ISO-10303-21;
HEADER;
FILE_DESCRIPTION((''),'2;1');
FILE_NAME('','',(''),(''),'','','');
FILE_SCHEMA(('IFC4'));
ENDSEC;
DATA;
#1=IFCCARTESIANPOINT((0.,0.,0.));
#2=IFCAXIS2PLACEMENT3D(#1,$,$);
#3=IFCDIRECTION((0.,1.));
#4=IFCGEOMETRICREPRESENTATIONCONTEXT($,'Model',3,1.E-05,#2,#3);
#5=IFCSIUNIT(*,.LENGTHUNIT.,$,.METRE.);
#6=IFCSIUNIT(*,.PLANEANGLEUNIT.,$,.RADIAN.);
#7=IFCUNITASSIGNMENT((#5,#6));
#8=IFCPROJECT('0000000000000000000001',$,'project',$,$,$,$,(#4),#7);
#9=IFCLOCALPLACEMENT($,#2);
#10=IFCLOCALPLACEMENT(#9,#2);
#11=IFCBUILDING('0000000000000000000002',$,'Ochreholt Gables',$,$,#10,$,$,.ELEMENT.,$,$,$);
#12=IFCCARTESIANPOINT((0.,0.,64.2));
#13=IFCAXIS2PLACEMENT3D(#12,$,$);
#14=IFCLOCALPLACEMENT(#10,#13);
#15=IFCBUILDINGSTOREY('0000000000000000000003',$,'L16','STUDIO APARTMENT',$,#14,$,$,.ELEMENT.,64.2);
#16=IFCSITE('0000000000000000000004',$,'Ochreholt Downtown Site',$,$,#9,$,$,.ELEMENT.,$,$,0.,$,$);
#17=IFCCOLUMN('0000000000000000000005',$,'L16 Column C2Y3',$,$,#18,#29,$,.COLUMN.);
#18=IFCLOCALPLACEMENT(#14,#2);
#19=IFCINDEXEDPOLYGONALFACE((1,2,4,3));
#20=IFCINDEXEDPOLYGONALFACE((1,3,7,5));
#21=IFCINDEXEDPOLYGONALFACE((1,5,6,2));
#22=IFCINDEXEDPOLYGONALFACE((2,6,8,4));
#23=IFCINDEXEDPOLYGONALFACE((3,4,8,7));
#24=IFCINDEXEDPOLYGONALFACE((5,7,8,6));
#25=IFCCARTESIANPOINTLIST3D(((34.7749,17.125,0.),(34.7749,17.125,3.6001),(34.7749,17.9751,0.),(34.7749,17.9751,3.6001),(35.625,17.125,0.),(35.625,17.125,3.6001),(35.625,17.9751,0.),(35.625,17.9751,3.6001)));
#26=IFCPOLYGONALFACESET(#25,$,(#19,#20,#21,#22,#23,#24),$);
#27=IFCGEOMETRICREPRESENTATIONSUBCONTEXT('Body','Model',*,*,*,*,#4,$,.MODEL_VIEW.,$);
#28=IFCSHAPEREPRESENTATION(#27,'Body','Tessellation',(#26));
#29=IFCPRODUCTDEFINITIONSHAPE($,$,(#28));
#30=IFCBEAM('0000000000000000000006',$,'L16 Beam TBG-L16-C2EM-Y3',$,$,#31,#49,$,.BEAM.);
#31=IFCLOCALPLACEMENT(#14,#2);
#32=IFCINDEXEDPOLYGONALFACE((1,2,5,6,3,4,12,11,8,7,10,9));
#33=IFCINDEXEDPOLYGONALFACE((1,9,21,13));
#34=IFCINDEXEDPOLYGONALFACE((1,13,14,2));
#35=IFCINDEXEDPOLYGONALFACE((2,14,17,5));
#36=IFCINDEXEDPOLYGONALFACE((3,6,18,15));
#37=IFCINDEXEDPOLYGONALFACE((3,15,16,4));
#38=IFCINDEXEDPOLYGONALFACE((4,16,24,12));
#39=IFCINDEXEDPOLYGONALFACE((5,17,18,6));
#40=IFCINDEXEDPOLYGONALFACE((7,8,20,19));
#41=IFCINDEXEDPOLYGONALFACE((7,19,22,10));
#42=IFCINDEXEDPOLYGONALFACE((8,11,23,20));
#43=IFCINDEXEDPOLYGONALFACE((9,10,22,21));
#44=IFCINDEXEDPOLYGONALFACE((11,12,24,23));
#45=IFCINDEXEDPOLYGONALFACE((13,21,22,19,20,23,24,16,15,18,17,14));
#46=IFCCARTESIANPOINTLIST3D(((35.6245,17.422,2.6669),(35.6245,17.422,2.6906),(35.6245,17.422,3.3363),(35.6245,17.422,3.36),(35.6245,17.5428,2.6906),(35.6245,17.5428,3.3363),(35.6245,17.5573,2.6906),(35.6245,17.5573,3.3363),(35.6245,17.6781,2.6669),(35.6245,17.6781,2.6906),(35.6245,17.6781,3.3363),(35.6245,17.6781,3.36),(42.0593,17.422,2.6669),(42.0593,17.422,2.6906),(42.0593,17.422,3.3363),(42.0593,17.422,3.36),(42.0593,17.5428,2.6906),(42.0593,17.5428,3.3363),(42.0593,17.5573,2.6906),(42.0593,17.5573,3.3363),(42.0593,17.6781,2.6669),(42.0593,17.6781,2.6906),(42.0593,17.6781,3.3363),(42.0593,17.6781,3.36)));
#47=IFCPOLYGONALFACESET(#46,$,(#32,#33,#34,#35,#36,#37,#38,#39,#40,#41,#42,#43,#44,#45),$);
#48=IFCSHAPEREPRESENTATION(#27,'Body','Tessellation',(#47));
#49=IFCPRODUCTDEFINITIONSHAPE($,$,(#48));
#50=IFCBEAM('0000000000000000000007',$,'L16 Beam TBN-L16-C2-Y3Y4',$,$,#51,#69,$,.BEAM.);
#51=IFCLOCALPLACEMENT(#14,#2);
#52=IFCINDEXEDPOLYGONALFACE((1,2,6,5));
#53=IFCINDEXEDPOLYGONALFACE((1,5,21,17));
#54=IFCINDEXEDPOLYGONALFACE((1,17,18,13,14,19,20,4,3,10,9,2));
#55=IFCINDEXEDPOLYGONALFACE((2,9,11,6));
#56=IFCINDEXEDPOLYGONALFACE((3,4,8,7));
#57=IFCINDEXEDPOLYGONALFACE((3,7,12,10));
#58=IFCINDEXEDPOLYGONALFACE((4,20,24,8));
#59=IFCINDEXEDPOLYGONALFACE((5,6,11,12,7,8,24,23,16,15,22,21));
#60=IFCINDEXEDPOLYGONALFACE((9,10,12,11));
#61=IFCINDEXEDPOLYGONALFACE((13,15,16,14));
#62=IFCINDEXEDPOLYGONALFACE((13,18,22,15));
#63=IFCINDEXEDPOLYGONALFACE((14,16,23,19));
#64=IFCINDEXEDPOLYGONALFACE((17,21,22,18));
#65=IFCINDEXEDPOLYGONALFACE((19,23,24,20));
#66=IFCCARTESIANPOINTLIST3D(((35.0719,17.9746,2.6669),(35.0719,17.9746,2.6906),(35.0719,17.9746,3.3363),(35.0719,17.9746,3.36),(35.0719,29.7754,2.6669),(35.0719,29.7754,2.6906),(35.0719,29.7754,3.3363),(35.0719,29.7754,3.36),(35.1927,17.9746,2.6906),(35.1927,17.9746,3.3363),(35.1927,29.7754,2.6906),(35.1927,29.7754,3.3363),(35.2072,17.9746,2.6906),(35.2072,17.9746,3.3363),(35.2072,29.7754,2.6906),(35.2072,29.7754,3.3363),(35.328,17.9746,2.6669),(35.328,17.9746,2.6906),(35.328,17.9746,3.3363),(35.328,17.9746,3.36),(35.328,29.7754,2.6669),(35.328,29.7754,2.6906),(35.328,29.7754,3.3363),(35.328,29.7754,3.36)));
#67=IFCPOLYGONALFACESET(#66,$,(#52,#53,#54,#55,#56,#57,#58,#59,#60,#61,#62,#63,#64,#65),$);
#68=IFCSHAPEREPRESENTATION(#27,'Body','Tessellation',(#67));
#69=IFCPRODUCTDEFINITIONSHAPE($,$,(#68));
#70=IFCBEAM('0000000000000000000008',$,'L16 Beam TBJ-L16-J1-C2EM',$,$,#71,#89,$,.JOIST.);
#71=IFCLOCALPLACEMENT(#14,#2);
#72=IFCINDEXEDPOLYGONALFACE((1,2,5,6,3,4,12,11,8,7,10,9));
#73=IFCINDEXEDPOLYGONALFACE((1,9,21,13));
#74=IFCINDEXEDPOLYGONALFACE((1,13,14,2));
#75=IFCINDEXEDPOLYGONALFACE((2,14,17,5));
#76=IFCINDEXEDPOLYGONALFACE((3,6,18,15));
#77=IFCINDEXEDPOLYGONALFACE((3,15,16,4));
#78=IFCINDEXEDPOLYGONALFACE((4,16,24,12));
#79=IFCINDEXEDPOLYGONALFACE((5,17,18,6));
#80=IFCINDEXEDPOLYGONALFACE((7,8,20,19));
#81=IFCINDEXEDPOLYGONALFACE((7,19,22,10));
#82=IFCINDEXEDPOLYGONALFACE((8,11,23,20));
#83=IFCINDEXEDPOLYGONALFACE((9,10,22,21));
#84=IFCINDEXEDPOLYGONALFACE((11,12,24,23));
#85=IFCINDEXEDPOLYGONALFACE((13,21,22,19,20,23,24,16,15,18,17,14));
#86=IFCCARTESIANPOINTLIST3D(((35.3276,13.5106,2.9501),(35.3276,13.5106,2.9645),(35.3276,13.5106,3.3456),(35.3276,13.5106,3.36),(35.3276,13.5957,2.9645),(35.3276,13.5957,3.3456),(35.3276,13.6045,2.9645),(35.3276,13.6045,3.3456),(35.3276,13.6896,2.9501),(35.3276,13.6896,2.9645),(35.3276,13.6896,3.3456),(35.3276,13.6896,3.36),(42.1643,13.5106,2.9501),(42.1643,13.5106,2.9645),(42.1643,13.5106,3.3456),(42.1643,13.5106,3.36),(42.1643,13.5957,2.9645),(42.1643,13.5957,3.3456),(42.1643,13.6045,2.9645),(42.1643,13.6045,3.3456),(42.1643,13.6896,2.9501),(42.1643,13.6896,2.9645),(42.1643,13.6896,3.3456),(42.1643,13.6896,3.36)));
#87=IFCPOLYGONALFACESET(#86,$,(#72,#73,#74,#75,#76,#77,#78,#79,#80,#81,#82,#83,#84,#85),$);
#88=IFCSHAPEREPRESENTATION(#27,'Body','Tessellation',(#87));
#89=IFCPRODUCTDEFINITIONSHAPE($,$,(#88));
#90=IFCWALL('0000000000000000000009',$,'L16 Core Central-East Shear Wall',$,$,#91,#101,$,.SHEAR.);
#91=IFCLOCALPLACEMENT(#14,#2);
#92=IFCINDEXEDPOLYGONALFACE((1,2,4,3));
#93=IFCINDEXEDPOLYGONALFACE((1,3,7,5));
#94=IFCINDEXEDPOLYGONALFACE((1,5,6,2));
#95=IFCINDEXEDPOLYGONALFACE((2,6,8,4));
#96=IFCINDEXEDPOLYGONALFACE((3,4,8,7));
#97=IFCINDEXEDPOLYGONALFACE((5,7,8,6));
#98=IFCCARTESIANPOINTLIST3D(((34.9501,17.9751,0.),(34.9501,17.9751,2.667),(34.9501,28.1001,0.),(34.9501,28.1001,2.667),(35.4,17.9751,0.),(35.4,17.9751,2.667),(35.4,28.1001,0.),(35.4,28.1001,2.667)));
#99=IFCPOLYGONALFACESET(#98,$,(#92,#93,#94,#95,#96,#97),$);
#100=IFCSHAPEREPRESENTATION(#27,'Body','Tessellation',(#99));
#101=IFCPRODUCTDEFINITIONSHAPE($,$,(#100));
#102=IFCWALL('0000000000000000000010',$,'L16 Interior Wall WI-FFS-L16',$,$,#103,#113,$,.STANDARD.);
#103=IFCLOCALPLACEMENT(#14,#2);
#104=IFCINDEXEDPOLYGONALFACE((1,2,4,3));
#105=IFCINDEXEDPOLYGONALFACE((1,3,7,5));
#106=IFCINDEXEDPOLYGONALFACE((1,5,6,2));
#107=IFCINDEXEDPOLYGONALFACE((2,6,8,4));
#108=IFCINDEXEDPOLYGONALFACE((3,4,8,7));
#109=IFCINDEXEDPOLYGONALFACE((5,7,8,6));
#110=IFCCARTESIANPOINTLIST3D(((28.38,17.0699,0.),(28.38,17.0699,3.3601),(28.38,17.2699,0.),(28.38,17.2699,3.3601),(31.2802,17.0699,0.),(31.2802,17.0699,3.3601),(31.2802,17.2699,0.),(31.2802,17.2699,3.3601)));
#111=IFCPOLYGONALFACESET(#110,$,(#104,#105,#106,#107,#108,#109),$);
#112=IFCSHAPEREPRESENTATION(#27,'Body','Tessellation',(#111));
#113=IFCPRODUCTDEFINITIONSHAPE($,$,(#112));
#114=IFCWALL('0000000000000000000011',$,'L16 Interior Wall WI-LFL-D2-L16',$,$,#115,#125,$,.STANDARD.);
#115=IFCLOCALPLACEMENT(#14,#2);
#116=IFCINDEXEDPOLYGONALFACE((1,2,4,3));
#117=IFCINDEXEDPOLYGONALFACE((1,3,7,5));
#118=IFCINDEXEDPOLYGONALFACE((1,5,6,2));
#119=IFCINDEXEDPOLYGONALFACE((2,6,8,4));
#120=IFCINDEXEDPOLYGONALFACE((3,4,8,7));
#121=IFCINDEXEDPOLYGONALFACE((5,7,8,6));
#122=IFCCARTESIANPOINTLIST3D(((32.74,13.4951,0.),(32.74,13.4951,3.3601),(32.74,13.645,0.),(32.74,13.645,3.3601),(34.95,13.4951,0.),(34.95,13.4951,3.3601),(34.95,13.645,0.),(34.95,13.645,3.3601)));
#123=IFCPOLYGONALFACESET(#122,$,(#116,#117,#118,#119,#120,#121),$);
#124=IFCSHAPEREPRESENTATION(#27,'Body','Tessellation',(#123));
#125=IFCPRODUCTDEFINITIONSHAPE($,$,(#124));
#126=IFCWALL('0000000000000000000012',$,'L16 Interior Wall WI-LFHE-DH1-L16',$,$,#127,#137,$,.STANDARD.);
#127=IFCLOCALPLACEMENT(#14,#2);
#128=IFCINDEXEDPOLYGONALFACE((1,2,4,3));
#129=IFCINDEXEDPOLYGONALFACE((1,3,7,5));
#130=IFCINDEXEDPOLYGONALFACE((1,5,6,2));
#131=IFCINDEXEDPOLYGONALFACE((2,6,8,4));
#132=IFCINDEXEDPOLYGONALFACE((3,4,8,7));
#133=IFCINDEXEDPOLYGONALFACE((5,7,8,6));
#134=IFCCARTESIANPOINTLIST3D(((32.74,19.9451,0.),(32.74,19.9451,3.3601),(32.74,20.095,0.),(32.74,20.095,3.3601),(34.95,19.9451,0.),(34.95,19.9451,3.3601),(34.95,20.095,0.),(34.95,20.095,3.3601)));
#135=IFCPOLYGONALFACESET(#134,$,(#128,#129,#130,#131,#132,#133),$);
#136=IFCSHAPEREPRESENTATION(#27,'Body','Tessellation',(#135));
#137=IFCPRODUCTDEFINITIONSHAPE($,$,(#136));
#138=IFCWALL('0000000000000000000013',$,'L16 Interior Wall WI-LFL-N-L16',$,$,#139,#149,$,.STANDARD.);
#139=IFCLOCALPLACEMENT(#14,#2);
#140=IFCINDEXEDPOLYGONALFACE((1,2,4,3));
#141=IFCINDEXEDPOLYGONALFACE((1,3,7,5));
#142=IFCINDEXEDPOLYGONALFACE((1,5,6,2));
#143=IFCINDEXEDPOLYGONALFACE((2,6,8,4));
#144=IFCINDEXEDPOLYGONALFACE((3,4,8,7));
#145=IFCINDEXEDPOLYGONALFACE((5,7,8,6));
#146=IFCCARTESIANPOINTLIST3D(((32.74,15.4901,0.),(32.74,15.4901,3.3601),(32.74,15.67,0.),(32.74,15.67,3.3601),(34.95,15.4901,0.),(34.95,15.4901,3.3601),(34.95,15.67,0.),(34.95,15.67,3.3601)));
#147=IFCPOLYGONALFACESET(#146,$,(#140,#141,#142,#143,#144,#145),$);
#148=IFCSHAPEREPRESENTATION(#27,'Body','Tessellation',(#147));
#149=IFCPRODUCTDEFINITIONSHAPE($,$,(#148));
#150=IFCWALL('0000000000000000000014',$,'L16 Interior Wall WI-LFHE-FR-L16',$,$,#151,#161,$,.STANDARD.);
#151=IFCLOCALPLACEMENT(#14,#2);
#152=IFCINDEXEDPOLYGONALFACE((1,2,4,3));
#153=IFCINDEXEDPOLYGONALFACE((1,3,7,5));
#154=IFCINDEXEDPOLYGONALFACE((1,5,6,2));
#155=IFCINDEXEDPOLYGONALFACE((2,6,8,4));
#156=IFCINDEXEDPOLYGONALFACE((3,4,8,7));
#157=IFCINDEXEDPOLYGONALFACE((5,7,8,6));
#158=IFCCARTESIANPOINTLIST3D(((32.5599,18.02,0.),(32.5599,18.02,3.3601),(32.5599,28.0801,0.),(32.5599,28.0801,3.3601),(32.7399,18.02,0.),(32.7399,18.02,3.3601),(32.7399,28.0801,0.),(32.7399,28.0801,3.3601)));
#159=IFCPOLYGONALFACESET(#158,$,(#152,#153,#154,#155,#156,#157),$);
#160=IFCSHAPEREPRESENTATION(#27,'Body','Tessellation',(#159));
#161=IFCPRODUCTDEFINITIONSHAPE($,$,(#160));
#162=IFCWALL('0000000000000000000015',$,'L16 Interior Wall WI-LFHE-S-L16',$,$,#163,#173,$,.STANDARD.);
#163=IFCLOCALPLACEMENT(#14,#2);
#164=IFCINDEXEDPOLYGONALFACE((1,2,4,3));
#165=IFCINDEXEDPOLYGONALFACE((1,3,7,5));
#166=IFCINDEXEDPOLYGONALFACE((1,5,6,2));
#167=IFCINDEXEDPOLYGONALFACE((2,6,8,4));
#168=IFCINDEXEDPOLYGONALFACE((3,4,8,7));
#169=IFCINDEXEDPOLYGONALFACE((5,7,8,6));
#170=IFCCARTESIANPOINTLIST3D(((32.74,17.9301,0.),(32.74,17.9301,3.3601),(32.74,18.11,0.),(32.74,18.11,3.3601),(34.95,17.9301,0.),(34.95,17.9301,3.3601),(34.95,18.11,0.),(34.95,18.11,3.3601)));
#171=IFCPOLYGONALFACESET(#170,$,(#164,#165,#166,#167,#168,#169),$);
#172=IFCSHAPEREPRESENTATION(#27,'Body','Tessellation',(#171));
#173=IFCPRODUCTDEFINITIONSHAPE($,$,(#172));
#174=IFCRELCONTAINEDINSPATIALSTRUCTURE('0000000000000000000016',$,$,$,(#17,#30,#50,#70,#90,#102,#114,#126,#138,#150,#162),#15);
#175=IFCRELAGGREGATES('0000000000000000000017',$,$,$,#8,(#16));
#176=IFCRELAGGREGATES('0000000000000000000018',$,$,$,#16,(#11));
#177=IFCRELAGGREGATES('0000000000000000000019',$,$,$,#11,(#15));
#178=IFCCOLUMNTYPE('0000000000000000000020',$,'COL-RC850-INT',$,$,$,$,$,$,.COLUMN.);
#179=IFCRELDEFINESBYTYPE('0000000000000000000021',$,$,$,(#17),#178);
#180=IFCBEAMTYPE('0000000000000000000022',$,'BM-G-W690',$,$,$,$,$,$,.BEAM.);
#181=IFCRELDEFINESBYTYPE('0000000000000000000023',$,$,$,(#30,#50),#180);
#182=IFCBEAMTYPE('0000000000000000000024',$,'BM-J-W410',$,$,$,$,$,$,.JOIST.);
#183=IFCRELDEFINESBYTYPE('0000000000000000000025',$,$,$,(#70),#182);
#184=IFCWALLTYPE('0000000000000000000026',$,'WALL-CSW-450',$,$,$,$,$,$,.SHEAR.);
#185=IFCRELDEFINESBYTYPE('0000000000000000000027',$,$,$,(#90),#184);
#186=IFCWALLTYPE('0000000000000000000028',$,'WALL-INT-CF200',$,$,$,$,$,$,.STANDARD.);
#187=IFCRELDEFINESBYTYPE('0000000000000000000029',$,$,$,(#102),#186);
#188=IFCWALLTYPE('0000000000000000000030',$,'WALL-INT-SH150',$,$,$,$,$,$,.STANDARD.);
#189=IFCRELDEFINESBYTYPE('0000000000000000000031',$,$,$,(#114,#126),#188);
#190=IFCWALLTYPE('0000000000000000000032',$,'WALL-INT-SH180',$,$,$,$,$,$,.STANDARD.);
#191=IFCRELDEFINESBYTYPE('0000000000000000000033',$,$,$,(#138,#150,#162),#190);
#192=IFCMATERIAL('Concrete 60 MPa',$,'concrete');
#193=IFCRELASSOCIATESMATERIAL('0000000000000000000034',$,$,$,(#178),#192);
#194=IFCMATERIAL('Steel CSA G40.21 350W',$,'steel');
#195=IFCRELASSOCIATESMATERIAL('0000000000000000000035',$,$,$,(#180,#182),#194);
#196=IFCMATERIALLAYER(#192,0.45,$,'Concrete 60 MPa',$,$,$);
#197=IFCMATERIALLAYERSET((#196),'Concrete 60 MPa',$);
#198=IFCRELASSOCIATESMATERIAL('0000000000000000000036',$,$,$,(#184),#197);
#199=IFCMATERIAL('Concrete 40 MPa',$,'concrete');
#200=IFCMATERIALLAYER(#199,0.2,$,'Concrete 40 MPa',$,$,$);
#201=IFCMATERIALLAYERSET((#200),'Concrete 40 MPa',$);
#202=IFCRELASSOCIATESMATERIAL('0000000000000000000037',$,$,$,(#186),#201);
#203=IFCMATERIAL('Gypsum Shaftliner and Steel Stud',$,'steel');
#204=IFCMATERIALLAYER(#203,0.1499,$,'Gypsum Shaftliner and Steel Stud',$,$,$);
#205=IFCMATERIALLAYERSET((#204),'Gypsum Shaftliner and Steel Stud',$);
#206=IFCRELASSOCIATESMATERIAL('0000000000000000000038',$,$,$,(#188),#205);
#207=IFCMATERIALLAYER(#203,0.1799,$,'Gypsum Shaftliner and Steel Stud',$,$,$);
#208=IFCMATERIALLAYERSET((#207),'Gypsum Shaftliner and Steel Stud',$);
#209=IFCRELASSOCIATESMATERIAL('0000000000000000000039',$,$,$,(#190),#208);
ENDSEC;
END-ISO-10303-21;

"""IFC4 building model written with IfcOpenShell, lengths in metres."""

from ifc_helpers import new_model, si_unit, direction, frame, frame_2d, origin, origin_2d, place, context, subcontext, project, spatial, rectangle, i_section, extrude, material, layer, layer_set, material_profile, profile_set, type_object, element, save


model = new_model("IFC4")

# Units and contexts
model_context = context("Model", 3, precision=1e-05, world=origin(), true_north=direction((0.0, 1.0)))
body_context = subcontext(model_context, "Body", "Model", "MODEL_VIEW")
ifc_project = project(units=[si_unit("LENGTHUNIT", "METRE"), si_unit("PLANEANGLEUNIT", "RADIAN")], contexts=[model_context])

# Site, building, storey
site_placement = place(None, origin())
site = spatial("IfcSite", under=ifc_project, at=site_placement, Name="Ochreholt Downtown Site", CompositionType="ELEMENT", RefElevation=0.0)
building_placement = place(site_placement, origin())
building = spatial("IfcBuilding", under=site, at=building_placement, Name="Ochreholt Gables", CompositionType="ELEMENT")
storey_placement = place(building_placement, frame((0.0, 0.0, 64.2)))
storey = spatial("IfcBuildingStorey", under=building, at=storey_placement, Name="L16", Description="STUDIO APARTMENT", CompositionType="ELEMENT", Elevation=64.2)

# Column
ifc_material_1 = material(Name="Concrete 60 MPa", Category="concrete")
ifc_material_profile_1 = material_profile(ifc_material_1, rectangle(XDim=0.8501, YDim=0.8501, at=origin_2d()), Name="RC850X850")
ifc_profile_set_1 = profile_set([ifc_material_profile_1], Name="Concrete 60 MPa")
column_type = type_object("IfcColumnType", Name="COL-RC850-INT", PredefinedType="COLUMN", material=ifc_profile_set_1)
column_placement = place(storey_placement, frame((35.2, 17.55, 0.0), z_axis=(0.0, 0.0, 1.0), x_axis=(1.0, 0.0, 0.0)))
element("IfcColumn", 1, at=column_placement, inside=storey, type_object=column_type, Name="L16 Column C2Y3", PredefinedType="COLUMN", context=body_context, shape_type="SweptSolid", body=[
    extrude(rectangle(XDim=0.8501, YDim=0.8501, at=origin_2d()), origin(), (0.0, 0.0, 1.0), 3.6001),
])

# Beams
ifc_material_2 = material(Name="Steel CSA G40.21 350W", Category="steel")
ifc_material_profile_2 = material_profile(ifc_material_2, i_section(OverallWidth=0.2561, OverallDepth=0.6931, WebThickness=0.0144, FlangeThickness=0.0237, at=origin_2d()), Name="W690X170")
ifc_profile_set_2 = profile_set([ifc_material_profile_2], Name="Steel CSA G40.21 350W")
beam_type_1 = type_object("IfcBeamType", Name="BM-G-W690", PredefinedType="BEAM", material=ifc_profile_set_2)
beam_1_placement = place(storey_placement, frame((35.6245, 17.55, 3.0134), z_axis=(1.0, 0.0, 0.0), x_axis=(0.0, 1.0, 0.0)))
element("IfcBeam", 2, at=beam_1_placement, inside=storey, type_object=beam_type_1, Name="L16 Beam TBG-L16-C2EM-Y3", PredefinedType="BEAM", context=body_context, shape_type="SweptSolid", body=[
    extrude(i_section(OverallWidth=0.2561, OverallDepth=0.6931, WebThickness=0.0144, FlangeThickness=0.0237, at=origin_2d()), origin(), (0.0, 0.0, 1.0), 6.4348),
])
beam_2_placement = place(storey_placement, frame((35.2, 17.9746, 3.0134), z_axis=(0.0, 1.0, 0.0), x_axis=(-1.0, 0.0, 0.0)))
element("IfcBeam", 3, at=beam_2_placement, inside=storey, type_object=beam_type_1, Name="L16 Beam TBN-L16-C2-Y3Y4", PredefinedType="BEAM", context=body_context, shape_type="SweptSolid", body=[
    extrude(i_section(OverallWidth=0.2561, OverallDepth=0.6931, WebThickness=0.0144, FlangeThickness=0.0237, at=origin_2d()), origin(), (0.0, 0.0, 1.0), 11.8008),
])
ifc_material_profile_3 = material_profile(ifc_material_2, i_section(OverallWidth=0.179, OverallDepth=0.4099, WebThickness=0.0088, FlangeThickness=0.0144, at=origin_2d()), Name="W410X67")
ifc_profile_set_3 = profile_set([ifc_material_profile_3], Name="Steel CSA G40.21 350W")
beam_type_2 = type_object("IfcBeamType", Name="BM-J-W410", PredefinedType="JOIST", material=ifc_profile_set_3)
beam_3_placement = place(storey_placement, frame((35.3276, 13.6001, 3.155), z_axis=(1.0, 0.0, 0.0), x_axis=(0.0, 1.0, 0.0)))
element("IfcBeam", 4, at=beam_3_placement, inside=storey, type_object=beam_type_2, Name="L16 Beam TBJ-L16-J1-C2EM", PredefinedType="JOIST", context=body_context, shape_type="SweptSolid", body=[
    extrude(i_section(OverallWidth=0.179, OverallDepth=0.4099, WebThickness=0.0088, FlangeThickness=0.0144, at=origin_2d()), origin(), (0.0, 0.0, 1.0), 6.8367),
])

# Walls
ifc_layer_1 = layer(ifc_material_1, 0.45, Name="Concrete 60 MPa")
ifc_layer_set_1 = layer_set([ifc_layer_1], Name="Concrete 60 MPa")
wall_type_1 = type_object("IfcWallType", Name="WALL-CSW-450", PredefinedType="SHEAR", material=ifc_layer_set_1)
wall_1_placement = place(storey_placement, frame((35.175, 17.9751, 0.0), z_axis=(0.0, 0.0, 1.0), x_axis=(0.0, 1.0, 0.0)))
element("IfcWall", 5, at=wall_1_placement, inside=storey, type_object=wall_type_1, Name="L16 Core Central-East Shear Wall", PredefinedType="SHEAR", context=body_context, shape_type="SweptSolid", body=[
    extrude(rectangle(XDim=10.125, YDim=0.45, at=frame_2d((5.0625, 0.0))), origin(), (0.0, 0.0, 1.0), 2.667),
])
ifc_material_3 = material(Name="Concrete 40 MPa", Category="concrete")
ifc_layer_2 = layer(ifc_material_3, 0.2, Name="Concrete 40 MPa")
ifc_layer_set_2 = layer_set([ifc_layer_2], Name="Concrete 40 MPa")
wall_type_2 = type_object("IfcWallType", Name="WALL-INT-CF200", PredefinedType="STANDARD", material=ifc_layer_set_2)
wall_2_placement = place(storey_placement, frame((28.3799, 17.1699, 0.0), z_axis=(0.0, 0.0, 1.0), x_axis=(1.0, 0.0, 0.0)))
element("IfcWall", 6, at=wall_2_placement, inside=storey, type_object=wall_type_2, Name="L16 Interior Wall WI-FFS-L16", PredefinedType="STANDARD", context=body_context, shape_type="SweptSolid", body=[
    extrude(rectangle(XDim=2.9001, YDim=0.2, at=frame_2d((1.4502, 0.0))), origin(), (0.0, 0.0, 1.0), 3.3601),
])

# Walls
ifc_material_4 = material(Name="Gypsum Shaftliner and Steel Stud", Category="steel")
ifc_layer_3 = layer(ifc_material_4, 0.1499, Name="Gypsum Shaftliner and Steel Stud")
ifc_layer_set_3 = layer_set([ifc_layer_3], Name="Gypsum Shaftliner and Steel Stud")
wall_type_3 = type_object("IfcWallType", Name="WALL-INT-SH150", PredefinedType="STANDARD", material=ifc_layer_set_3)
for number, where, z_axis, x_axis, name in (
    (7, (32.74, 13.5701, 0.0), (0.0, 0.0, 1.0), (1.0, 0.0, 0.0), "L16 Interior Wall WI-LFL-D2-L16"),
    (8, (32.74, 20.02, 0.0), (0.0, 0.0, 1.0), (1.0, 0.0, 0.0), "L16 Interior Wall WI-LFHE-DH1-L16"),
):
    element("IfcWall", number, at=place(storey_placement, frame(where, z_axis=z_axis, x_axis=x_axis)), inside=storey, type_object=wall_type_3, Name=name, PredefinedType="STANDARD", context=body_context, shape_type="SweptSolid", body=[
        extrude(rectangle(XDim=2.21, YDim=0.1499, at=frame_2d((1.105, 0.0))), origin(), (0.0, 0.0, 1.0), 3.3601),
    ])
ifc_layer_4 = layer(ifc_material_4, 0.1799, Name="Gypsum Shaftliner and Steel Stud")
ifc_layer_set_4 = layer_set([ifc_layer_4], Name="Gypsum Shaftliner and Steel Stud")
wall_type_4 = type_object("IfcWallType", Name="WALL-INT-SH180", PredefinedType="STANDARD", material=ifc_layer_set_4)
wall_3_placement = place(storey_placement, frame((32.74, 15.5801, 0.0), z_axis=(0.0, 0.0, 1.0), x_axis=(1.0, 0.0, 0.0)))
element("IfcWall", 9, at=wall_3_placement, inside=storey, type_object=wall_type_4, Name="L16 Interior Wall WI-LFL-N-L16", PredefinedType="STANDARD", context=body_context, shape_type="SweptSolid", body=[
    extrude(rectangle(XDim=2.21, YDim=0.1799, at=frame_2d((1.105, 0.0))), origin(), (0.0, 0.0, 1.0), 3.3601),
])
wall_4_placement = place(storey_placement, frame((32.6499, 18.02, 0.0), z_axis=(0.0, 0.0, 1.0), x_axis=(0.0, 1.0, 0.0)))
element("IfcWall", 10, at=wall_4_placement, inside=storey, type_object=wall_type_4, Name="L16 Interior Wall WI-LFHE-FR-L16", PredefinedType="STANDARD", context=body_context, shape_type="SweptSolid", body=[
    extrude(rectangle(XDim=10.0601, YDim=0.1799, at=frame_2d((5.03, 0.0))), origin(), (0.0, 0.0, 1.0), 3.3601),
])
wall_5_placement = place(storey_placement, frame((32.74, 18.02, 0.0), z_axis=(0.0, 0.0, 1.0), x_axis=(1.0, 0.0, 0.0)))
element("IfcWall", 11, at=wall_5_placement, inside=storey, type_object=wall_type_4, Name="L16 Interior Wall WI-LFHE-S-L16", PredefinedType="STANDARD", context=body_context, shape_type="SweptSolid", body=[
    extrude(rectangle(XDim=2.21, YDim=0.1799, at=frame_2d((1.105, 0.0))), origin(), (0.0, 0.0, 1.0), 3.3601),
])

save(model, "model.ifc")
